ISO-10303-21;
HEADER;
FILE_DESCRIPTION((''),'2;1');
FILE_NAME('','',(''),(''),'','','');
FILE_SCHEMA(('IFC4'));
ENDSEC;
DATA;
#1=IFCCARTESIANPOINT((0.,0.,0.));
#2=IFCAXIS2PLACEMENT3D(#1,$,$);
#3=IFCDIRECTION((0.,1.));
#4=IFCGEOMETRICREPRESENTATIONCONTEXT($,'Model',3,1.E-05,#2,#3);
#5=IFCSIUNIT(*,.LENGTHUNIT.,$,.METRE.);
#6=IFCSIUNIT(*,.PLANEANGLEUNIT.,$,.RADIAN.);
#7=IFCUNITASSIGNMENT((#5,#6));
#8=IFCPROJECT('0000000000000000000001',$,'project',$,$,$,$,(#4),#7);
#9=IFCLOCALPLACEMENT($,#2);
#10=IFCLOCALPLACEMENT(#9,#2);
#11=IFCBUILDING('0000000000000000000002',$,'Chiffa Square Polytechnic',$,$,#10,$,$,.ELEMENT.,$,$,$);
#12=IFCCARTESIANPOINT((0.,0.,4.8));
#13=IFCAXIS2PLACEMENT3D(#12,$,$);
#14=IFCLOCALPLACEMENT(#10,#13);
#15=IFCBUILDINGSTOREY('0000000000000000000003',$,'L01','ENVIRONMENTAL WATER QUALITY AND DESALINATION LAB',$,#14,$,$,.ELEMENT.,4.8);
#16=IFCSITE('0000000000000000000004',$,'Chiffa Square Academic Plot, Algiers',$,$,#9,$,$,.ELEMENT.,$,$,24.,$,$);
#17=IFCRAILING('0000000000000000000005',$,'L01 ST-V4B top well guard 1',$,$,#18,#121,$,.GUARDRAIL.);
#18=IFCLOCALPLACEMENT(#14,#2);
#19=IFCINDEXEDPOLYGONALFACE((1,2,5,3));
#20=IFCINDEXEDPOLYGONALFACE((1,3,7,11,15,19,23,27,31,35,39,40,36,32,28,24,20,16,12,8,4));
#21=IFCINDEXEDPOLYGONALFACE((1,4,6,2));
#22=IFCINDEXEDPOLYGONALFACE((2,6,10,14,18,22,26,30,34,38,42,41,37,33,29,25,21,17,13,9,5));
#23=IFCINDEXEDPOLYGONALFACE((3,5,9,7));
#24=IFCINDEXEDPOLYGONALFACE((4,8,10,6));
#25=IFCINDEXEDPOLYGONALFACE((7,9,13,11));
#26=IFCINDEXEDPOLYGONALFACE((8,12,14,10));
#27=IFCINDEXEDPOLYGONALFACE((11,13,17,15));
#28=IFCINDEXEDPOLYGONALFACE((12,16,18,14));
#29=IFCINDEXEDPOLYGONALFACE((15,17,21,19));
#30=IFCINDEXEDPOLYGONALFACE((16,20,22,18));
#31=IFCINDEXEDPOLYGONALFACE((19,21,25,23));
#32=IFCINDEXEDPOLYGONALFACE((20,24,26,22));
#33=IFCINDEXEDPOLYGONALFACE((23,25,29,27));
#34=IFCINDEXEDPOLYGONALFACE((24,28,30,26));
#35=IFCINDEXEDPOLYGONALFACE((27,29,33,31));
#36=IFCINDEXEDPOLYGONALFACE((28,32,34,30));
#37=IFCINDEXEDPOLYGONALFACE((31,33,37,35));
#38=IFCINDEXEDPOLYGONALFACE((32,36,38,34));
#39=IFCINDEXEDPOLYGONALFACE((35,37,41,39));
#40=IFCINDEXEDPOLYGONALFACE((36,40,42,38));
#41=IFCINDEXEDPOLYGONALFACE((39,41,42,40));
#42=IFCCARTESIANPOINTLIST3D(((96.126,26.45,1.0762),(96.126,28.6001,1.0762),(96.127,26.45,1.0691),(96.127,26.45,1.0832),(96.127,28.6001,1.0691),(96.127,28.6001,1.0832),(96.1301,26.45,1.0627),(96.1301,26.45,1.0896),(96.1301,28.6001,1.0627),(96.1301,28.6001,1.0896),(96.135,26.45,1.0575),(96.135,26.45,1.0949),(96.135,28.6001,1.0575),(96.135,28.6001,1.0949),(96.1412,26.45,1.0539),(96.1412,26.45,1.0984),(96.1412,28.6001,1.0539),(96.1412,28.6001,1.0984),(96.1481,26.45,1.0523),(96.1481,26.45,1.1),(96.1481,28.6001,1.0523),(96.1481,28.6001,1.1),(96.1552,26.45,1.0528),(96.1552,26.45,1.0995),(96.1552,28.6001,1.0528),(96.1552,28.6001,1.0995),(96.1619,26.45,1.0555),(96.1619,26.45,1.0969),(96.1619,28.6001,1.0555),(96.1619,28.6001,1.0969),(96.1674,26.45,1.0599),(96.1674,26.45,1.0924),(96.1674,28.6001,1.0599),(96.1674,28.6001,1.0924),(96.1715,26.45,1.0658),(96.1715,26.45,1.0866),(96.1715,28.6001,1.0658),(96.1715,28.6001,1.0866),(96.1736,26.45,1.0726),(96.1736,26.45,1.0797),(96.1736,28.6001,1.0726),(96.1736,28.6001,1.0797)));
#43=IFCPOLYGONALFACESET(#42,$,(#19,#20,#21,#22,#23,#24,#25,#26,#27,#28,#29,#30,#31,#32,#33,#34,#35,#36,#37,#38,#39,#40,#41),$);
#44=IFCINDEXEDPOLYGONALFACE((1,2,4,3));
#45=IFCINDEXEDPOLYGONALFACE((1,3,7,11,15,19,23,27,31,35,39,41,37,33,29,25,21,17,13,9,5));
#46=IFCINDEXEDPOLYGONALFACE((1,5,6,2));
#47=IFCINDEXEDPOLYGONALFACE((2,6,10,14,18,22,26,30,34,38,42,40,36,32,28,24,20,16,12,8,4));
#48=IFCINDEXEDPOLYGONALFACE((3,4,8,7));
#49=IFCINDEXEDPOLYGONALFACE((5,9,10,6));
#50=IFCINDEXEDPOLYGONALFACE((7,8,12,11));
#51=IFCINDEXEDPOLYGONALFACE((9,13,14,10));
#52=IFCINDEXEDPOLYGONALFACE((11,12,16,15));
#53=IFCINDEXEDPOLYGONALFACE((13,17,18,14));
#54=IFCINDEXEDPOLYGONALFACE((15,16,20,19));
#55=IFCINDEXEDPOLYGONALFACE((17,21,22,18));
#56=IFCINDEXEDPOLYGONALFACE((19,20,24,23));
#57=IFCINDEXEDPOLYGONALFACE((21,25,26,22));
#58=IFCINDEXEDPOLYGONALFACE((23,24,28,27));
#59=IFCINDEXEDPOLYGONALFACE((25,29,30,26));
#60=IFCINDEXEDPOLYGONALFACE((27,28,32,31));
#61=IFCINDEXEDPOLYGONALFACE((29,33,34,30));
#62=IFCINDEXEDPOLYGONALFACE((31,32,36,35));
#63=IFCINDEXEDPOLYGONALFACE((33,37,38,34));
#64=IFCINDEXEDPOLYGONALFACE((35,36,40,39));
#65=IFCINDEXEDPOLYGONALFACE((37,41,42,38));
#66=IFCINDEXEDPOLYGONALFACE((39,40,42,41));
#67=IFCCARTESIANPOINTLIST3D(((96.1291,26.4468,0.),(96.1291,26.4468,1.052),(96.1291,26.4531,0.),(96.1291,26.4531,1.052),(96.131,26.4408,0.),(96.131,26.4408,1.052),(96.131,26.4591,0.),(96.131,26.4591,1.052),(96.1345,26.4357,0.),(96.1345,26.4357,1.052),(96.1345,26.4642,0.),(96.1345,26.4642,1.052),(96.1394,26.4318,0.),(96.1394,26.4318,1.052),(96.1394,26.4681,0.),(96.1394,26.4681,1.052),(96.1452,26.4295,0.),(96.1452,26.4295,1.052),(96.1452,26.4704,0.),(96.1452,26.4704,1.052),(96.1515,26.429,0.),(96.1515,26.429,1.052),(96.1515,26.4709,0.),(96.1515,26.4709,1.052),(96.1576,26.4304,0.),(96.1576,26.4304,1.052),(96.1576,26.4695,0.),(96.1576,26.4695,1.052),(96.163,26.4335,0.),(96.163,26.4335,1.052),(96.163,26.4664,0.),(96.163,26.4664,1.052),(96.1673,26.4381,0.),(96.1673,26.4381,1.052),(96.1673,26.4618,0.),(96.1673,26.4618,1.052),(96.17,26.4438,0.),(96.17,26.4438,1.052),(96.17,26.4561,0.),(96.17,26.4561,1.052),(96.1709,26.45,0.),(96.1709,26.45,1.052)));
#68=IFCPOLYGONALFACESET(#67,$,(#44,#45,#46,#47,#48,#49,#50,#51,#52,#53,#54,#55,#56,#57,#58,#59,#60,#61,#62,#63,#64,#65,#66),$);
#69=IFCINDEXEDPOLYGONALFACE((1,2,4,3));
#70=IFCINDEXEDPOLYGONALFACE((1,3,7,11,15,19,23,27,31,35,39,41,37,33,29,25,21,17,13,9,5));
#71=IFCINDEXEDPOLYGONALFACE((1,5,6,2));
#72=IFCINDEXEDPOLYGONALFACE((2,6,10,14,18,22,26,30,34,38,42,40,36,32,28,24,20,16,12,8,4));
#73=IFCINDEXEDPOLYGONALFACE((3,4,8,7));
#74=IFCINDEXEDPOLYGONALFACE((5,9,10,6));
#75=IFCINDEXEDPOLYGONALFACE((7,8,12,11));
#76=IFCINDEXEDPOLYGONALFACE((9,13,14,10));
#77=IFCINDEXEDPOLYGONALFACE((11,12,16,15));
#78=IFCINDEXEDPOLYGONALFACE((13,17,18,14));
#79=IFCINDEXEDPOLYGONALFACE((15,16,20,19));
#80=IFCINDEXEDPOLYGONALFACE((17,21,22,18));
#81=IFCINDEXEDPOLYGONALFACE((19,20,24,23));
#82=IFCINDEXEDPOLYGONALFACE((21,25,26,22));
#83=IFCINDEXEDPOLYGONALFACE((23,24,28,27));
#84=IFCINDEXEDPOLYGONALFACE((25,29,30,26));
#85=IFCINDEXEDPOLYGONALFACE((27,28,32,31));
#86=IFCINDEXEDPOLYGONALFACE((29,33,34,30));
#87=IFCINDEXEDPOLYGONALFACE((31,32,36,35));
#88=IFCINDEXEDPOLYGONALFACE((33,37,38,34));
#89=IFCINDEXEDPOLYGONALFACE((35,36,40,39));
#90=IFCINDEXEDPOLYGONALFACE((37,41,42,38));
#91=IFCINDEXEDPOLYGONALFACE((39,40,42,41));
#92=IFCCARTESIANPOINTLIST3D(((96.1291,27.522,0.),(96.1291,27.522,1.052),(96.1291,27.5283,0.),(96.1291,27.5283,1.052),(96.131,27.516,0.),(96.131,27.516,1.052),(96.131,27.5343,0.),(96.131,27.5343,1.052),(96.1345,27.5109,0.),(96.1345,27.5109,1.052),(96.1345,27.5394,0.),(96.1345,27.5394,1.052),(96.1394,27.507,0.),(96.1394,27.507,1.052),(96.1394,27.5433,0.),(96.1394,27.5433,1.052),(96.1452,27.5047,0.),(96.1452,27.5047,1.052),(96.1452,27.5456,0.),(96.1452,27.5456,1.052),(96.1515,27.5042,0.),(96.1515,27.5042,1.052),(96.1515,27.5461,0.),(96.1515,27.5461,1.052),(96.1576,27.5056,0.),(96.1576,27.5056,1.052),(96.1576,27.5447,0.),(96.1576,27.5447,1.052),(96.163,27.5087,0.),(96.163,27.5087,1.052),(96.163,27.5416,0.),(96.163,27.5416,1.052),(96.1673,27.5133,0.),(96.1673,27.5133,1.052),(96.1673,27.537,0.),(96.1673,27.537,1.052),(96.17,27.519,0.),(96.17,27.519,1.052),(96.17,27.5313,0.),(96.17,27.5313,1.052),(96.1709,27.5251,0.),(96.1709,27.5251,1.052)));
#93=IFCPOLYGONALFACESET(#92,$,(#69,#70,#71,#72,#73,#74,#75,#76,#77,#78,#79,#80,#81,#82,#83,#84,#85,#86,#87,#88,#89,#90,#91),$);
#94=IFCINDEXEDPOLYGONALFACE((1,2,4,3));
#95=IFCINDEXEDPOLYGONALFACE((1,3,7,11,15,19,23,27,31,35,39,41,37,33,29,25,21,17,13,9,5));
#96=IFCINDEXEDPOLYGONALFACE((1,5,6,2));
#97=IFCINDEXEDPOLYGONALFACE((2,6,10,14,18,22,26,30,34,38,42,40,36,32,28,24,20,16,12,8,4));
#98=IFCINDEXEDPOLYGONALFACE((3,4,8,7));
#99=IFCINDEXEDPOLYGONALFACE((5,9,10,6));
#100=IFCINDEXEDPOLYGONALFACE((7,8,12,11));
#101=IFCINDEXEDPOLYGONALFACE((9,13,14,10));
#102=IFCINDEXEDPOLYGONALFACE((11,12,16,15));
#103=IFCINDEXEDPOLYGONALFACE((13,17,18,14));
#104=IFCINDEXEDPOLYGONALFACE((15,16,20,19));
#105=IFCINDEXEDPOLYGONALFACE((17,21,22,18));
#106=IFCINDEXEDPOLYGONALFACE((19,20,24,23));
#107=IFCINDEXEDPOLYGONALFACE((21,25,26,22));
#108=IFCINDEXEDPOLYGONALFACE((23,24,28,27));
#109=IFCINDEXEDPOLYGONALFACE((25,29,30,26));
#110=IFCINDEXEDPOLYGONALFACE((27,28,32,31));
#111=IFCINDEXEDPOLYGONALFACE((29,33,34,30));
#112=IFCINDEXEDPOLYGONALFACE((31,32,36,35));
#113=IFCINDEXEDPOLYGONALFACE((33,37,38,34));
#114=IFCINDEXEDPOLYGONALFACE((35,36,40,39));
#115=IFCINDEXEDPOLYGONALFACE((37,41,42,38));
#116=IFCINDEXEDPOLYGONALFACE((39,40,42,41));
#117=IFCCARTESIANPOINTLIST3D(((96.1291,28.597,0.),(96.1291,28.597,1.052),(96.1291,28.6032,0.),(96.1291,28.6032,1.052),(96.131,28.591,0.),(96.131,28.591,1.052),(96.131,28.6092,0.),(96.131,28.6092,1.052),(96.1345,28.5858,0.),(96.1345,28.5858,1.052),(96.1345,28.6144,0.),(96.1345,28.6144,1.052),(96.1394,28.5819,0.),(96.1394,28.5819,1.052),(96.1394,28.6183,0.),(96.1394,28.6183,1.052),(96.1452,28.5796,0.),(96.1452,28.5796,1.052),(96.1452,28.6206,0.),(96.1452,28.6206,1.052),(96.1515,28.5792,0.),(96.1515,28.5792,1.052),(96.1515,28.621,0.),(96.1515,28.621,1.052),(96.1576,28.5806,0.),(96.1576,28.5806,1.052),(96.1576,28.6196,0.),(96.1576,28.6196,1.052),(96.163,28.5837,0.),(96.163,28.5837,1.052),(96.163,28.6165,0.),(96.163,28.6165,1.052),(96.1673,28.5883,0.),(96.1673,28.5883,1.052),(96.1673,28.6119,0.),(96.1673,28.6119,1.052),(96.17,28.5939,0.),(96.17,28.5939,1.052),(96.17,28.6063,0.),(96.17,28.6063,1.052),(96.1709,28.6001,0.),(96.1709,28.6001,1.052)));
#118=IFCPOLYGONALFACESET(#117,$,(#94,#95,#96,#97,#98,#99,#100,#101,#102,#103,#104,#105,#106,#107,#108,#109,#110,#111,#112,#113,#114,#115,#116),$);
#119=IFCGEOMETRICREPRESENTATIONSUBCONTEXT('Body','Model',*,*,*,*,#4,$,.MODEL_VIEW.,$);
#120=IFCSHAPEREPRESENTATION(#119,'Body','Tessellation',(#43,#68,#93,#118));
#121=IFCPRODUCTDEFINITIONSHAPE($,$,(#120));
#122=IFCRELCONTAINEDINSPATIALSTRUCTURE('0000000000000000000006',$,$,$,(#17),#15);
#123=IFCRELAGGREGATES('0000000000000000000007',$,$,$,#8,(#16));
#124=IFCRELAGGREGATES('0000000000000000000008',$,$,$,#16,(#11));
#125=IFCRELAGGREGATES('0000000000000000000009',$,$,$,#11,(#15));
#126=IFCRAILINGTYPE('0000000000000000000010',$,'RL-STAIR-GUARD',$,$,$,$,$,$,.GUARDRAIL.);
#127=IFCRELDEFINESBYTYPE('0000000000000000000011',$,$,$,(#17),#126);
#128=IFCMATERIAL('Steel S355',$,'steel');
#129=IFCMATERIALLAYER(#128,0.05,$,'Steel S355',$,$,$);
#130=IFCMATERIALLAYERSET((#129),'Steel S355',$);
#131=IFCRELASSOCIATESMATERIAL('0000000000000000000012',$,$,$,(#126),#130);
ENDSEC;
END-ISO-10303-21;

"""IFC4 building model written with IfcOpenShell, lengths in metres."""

from ifc_helpers import new_model, si_unit, direction, frame, origin, origin_2d, place, context, subcontext, project, spatial, circle, extrude, material, layer, layer_set, type_object, element, save


model = new_model("IFC4")

# Units and contexts
model_context = context("Model", 3, precision=1e-05, world=origin(), true_north=direction((0.0, 1.0)))
body_context = subcontext(model_context, "Body", "Model", "MODEL_VIEW")
ifc_project = project(units=[si_unit("LENGTHUNIT", "METRE"), si_unit("PLANEANGLEUNIT", "RADIAN")], contexts=[model_context])

# Site, building, storey
site_placement = place(None, origin())
site = spatial("IfcSite", under=ifc_project, at=site_placement, Name="Chiffa Square Academic Plot, Algiers", CompositionType="ELEMENT", RefElevation=24.0)
building_placement = place(site_placement, origin())
building = spatial("IfcBuilding", under=site, at=building_placement, Name="Chiffa Square Polytechnic", CompositionType="ELEMENT")
storey_placement = place(building_placement, frame((0.0, 0.0, 4.8)))
storey = spatial("IfcBuildingStorey", under=building, at=storey_placement, Name="L01", Description="ENVIRONMENTAL WATER QUALITY AND DESALINATION LAB", CompositionType="ELEMENT", Elevation=4.8)

# Railing
ifc_material_1 = material(Name="Steel S355", Category="steel")
ifc_layer_1 = layer(ifc_material_1, 0.05, Name="Steel S355")
ifc_layer_set_1 = layer_set([ifc_layer_1], Name="Steel S355")
railing_type = type_object("IfcRailingType", Name="RL-STAIR-GUARD", PredefinedType="GUARDRAIL", material=ifc_layer_set_1)
railing_placement = place(storey_placement, frame((96.1499, 26.45, 0.0)))
element("IfcRailing", 1, at=railing_placement, inside=storey, type_object=railing_type, Name="L01 ST-V4B top well guard 1", PredefinedType="GUARDRAIL", context=body_context, shape_type="SweptSolid", body=[
    extrude(circle(Radius=0.0239, at=origin_2d()), frame((0.0, 0.0, 1.0762), z_axis=(0.0, 1.0, 0.0), x_axis=(-1.0, 0.0, 0.0)), (0.0, 0.0, 1.0), 2.1501),
    extrude(circle(Radius=0.021, at=origin_2d()), origin(), (0.0, 0.0, 1.0), 1.052),
    extrude(circle(Radius=0.021, at=origin_2d()), frame((0.0, 1.0752, 0.0)), (0.0, 0.0, 1.0), 1.052),
    extrude(circle(Radius=0.021, at=origin_2d()), frame((0.0, 2.1501, 0.0)), (0.0, 0.0, 1.0), 1.052),
])

save(model, "model.ifc")
